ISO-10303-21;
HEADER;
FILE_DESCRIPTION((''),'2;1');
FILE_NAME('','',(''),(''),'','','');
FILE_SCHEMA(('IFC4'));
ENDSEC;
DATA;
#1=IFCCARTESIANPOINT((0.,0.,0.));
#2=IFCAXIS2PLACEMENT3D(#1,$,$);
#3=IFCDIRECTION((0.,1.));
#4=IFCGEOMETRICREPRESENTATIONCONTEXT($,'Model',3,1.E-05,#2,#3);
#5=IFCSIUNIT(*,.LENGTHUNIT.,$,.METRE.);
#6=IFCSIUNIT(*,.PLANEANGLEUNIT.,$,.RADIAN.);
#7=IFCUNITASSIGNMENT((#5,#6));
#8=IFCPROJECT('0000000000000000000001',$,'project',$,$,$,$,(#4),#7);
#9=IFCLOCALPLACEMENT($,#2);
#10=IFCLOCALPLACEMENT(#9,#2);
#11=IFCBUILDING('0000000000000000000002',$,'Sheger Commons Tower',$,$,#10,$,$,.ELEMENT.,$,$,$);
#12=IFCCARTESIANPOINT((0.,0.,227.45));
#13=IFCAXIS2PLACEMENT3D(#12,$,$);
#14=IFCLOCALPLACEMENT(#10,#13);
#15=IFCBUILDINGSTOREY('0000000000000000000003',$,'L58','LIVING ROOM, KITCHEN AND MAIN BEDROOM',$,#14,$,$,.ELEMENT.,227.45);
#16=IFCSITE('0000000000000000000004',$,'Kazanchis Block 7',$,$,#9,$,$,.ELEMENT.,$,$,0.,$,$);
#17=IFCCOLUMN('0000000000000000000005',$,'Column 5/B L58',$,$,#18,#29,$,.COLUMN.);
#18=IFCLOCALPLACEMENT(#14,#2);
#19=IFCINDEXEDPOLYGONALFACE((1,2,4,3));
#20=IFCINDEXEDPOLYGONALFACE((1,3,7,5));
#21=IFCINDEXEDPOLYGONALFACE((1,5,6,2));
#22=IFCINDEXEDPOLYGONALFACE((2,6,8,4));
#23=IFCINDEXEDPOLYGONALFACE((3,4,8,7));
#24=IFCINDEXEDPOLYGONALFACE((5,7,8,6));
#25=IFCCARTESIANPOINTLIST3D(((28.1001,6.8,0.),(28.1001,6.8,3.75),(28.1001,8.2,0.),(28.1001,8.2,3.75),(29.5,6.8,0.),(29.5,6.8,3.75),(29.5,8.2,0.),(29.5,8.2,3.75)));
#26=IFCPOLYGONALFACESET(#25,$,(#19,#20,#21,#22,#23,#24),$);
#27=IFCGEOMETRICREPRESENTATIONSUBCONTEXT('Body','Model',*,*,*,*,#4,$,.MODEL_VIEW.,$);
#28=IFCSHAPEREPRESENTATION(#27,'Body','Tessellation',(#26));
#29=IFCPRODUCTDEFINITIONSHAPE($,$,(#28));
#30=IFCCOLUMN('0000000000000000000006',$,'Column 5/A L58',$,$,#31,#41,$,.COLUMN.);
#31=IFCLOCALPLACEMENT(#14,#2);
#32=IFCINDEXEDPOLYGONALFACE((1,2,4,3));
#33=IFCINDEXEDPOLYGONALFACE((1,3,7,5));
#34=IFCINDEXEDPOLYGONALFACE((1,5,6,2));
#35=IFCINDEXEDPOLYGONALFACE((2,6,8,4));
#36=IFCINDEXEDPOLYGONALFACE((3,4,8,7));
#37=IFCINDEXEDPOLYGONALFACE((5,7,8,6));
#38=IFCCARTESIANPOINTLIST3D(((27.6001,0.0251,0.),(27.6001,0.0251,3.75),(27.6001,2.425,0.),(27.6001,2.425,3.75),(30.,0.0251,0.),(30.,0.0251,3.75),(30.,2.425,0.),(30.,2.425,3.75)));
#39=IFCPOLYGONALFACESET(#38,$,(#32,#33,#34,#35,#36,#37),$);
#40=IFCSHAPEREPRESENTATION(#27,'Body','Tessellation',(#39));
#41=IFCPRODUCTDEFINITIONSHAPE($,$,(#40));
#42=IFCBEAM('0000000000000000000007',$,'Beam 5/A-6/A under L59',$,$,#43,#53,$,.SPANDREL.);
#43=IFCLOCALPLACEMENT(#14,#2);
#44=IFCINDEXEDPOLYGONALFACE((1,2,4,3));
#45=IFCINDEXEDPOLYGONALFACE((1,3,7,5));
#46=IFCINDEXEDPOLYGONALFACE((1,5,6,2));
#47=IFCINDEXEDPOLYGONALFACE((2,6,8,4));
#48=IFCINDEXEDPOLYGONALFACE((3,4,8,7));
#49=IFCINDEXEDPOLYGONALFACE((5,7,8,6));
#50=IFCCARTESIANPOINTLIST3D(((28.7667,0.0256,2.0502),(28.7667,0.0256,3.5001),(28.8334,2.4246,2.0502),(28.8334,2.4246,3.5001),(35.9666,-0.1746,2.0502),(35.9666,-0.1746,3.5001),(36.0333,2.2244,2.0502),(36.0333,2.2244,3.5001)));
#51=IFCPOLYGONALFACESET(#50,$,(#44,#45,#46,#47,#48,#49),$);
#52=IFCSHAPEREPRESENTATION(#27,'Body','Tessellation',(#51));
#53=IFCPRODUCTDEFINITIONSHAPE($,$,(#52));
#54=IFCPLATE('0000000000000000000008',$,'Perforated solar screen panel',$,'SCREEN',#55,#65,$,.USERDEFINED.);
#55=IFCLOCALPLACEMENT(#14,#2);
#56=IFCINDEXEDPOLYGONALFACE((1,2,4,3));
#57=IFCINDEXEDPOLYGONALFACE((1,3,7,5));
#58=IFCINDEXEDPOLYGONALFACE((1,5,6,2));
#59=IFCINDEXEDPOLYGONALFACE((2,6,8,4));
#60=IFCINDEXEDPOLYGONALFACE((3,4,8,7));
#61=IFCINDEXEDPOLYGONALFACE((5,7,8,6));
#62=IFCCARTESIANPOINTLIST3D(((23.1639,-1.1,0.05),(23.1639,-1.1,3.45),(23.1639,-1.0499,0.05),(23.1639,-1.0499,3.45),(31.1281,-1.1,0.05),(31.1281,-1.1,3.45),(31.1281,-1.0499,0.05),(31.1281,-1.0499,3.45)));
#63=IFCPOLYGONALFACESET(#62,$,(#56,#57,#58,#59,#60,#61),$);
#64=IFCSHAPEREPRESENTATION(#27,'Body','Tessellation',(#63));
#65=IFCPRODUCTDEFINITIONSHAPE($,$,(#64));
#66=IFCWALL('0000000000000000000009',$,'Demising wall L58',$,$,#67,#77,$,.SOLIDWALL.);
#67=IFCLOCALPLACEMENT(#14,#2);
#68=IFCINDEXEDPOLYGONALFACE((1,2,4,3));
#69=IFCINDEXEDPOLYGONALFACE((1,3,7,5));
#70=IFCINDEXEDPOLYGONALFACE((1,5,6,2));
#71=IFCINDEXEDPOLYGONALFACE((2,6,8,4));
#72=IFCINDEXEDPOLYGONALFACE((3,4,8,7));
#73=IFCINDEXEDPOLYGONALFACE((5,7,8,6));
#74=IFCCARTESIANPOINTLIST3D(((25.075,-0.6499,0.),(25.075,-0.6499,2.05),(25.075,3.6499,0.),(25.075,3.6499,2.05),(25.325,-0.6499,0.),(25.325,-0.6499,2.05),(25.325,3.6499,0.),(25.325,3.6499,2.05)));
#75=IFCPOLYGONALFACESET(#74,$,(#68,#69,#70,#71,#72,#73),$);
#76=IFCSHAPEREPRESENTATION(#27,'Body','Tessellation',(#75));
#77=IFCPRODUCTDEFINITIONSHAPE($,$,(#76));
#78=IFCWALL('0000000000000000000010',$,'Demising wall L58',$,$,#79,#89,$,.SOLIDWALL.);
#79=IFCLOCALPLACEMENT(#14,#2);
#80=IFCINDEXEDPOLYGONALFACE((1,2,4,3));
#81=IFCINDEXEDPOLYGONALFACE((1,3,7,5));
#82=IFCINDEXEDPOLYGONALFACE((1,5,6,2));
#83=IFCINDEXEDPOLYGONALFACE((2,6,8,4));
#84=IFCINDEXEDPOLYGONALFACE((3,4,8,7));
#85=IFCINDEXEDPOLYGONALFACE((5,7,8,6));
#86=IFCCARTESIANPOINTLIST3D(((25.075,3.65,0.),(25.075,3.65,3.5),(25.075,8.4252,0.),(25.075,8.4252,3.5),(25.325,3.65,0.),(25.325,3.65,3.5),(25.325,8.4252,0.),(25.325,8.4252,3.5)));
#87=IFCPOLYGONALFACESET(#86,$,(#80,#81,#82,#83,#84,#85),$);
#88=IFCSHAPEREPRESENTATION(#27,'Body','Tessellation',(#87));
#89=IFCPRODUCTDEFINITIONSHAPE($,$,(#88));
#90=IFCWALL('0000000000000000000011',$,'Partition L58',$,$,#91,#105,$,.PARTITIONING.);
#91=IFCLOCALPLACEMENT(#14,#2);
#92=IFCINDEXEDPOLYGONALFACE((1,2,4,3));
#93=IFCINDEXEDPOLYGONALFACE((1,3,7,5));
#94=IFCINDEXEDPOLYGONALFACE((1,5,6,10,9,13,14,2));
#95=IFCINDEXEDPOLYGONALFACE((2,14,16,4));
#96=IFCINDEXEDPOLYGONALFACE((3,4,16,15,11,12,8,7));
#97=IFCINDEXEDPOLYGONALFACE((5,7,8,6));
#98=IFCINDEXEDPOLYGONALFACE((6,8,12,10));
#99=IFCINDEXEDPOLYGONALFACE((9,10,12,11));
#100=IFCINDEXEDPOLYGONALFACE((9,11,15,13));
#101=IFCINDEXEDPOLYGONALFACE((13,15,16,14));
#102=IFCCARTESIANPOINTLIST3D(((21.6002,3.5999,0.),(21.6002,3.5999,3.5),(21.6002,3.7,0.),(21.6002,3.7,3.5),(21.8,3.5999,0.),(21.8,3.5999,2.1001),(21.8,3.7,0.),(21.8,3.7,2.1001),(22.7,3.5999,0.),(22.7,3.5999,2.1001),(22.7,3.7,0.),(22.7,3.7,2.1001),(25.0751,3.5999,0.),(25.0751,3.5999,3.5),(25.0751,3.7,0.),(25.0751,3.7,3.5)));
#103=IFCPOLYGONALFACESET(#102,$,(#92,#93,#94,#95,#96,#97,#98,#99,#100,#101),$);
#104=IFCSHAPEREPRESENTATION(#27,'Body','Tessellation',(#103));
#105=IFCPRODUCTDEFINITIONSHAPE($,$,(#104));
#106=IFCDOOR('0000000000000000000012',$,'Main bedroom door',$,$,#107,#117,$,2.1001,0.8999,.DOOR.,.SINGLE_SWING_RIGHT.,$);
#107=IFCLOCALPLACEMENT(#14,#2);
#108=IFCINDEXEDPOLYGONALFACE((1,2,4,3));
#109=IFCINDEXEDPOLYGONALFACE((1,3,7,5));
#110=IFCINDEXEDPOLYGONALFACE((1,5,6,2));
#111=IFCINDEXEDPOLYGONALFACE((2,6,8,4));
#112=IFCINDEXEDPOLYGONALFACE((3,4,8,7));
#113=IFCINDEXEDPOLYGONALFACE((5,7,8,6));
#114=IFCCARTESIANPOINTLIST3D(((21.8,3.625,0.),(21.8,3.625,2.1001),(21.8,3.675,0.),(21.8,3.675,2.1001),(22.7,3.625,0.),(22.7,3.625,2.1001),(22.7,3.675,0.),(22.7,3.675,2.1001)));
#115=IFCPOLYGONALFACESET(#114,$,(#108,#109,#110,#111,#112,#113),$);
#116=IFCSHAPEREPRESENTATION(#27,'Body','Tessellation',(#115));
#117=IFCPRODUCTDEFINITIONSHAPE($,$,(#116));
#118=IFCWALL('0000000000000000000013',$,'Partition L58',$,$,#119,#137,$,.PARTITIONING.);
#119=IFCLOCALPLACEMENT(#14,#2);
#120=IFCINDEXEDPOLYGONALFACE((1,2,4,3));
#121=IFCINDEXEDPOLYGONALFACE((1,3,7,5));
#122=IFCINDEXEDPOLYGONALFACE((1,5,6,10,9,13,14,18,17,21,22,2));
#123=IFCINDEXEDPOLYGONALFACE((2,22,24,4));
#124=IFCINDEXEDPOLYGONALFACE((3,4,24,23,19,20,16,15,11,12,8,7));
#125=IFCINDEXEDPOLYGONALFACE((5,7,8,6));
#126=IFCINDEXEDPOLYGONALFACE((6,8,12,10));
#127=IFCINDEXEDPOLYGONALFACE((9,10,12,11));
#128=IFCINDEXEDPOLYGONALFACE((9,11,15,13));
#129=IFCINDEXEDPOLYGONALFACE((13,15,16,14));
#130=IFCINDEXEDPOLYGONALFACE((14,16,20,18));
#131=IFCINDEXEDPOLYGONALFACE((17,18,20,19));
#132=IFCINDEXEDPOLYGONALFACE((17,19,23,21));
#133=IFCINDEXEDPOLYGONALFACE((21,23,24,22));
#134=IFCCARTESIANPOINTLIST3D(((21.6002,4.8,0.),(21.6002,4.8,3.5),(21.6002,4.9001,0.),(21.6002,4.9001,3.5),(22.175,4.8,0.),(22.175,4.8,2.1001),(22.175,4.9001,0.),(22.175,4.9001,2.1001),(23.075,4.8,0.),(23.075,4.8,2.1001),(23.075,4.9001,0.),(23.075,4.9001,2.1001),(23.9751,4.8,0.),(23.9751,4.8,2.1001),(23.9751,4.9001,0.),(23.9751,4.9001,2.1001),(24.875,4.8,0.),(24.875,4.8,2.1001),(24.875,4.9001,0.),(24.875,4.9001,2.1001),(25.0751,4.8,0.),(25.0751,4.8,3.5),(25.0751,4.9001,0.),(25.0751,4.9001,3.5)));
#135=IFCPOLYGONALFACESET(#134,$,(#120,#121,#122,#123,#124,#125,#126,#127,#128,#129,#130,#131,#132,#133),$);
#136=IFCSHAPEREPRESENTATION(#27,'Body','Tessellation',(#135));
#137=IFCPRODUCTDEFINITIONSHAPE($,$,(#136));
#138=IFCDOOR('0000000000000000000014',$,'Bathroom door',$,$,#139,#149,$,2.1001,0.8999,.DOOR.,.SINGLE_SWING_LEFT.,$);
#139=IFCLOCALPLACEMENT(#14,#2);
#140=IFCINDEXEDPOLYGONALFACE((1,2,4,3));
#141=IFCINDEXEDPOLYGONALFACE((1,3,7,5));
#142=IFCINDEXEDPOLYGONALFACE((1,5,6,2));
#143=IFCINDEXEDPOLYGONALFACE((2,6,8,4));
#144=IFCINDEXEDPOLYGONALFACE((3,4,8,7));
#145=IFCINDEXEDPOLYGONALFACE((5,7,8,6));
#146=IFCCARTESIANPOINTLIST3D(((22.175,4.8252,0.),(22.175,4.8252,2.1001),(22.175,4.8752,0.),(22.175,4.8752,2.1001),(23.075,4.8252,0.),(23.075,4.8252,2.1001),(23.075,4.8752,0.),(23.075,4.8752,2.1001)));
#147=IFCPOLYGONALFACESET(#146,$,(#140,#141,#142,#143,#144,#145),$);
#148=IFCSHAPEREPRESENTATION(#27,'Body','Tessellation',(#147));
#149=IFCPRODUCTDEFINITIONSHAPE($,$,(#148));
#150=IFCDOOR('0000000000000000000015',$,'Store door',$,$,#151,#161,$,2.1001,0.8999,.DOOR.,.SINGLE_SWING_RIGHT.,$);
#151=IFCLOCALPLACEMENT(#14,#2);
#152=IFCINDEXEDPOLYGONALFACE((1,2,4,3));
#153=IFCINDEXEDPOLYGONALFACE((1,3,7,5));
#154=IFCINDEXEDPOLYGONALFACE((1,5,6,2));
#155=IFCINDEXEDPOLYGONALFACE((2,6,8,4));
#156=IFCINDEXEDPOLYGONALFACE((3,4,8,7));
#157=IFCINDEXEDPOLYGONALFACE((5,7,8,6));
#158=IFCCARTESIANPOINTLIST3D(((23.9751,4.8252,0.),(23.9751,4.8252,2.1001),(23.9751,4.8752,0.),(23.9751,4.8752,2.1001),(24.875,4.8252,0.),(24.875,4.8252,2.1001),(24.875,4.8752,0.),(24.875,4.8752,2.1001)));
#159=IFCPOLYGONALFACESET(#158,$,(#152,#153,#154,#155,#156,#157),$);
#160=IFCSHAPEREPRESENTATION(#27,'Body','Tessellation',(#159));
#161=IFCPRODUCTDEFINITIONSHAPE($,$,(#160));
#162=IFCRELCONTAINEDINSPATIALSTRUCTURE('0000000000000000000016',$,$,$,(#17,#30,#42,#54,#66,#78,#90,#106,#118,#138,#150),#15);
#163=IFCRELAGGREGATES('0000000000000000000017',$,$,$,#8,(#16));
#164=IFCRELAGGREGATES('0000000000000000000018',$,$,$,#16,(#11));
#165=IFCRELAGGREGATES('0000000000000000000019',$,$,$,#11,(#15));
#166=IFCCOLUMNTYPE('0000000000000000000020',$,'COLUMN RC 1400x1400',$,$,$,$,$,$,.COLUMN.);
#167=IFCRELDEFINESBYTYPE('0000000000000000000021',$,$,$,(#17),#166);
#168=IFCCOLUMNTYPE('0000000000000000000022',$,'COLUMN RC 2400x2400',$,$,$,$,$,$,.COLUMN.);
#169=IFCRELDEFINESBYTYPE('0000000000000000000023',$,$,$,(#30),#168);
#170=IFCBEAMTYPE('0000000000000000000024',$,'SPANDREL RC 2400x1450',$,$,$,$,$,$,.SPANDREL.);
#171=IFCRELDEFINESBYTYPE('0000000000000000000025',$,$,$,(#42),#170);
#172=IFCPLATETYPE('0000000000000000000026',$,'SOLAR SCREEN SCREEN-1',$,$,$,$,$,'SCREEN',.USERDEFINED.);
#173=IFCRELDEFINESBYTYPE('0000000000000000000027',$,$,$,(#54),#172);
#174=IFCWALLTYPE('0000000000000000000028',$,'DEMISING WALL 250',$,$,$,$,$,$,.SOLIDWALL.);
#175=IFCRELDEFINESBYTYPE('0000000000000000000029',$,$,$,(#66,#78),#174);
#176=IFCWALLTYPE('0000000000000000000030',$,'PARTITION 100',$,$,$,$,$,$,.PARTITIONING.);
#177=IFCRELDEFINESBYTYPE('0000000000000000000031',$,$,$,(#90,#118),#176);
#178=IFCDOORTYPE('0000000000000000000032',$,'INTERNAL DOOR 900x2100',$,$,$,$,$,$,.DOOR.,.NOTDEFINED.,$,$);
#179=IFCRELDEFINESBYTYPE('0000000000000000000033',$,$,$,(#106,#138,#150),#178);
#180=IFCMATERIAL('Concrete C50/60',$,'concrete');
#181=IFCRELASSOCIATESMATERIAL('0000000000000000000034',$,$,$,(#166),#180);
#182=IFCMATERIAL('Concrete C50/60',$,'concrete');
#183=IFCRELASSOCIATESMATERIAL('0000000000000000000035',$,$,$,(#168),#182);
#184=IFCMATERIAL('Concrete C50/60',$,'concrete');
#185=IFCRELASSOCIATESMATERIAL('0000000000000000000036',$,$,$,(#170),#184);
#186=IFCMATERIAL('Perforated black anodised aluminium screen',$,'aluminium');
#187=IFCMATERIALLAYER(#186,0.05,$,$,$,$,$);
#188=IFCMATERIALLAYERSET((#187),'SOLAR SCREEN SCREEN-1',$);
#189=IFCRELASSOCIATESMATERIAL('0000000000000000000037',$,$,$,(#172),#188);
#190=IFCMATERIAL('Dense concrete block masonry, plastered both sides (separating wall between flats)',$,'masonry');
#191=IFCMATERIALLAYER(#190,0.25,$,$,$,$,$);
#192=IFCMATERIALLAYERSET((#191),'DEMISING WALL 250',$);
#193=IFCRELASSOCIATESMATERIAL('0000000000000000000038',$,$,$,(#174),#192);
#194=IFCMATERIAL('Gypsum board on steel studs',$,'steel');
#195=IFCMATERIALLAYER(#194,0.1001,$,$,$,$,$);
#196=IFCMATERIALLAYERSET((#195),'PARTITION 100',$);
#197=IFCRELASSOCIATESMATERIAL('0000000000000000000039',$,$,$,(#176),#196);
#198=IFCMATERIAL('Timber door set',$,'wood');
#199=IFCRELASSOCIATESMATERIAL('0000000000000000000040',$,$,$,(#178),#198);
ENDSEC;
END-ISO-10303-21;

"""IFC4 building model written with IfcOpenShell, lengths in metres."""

from ifc_helpers import new_model, si_unit, direction, frame, frame_2d, origin, origin_2d, place, context, subcontext, project, spatial, rectangle, extrude, material, layer, layer_set, material_profile, profile_set, type_object, element, fill, save


model = new_model("IFC4")

# Units and contexts
model_context = context("Model", 3, precision=1e-05, world=origin(), true_north=direction((0.0, 1.0)))
body_context = subcontext(model_context, "Body", "Model", "MODEL_VIEW")
ifc_project = project(units=[si_unit("LENGTHUNIT", "METRE"), si_unit("PLANEANGLEUNIT", "RADIAN")], contexts=[model_context])

# Site, building, storey
site_placement = place(None, origin())
site = spatial("IfcSite", under=ifc_project, at=site_placement, Name="Kazanchis Block 7", CompositionType="ELEMENT", RefElevation=0.0)
building_placement = place(site_placement, origin())
building = spatial("IfcBuilding", under=site, at=building_placement, Name="Sheger Commons Tower", CompositionType="ELEMENT")
storey_placement = place(building_placement, frame((0.0, 0.0, 227.45)))
storey = spatial("IfcBuildingStorey", under=building, at=storey_placement, Name="L58", Description="LIVING ROOM, KITCHEN AND MAIN BEDROOM", CompositionType="ELEMENT", Elevation=227.45)

# Columns
ifc_material_1 = material(Name="Concrete C50/60", Category="concrete")
ifc_material_profile_1 = material_profile(ifc_material_1, rectangle(XDim=1.3999, YDim=1.3999, at=origin_2d()), Name="RC 1400x1400")
ifc_profile_set_1 = profile_set([ifc_material_profile_1], Name="Concrete C50/60")
column_type_1 = type_object("IfcColumnType", Name="COLUMN RC 1400x1400", PredefinedType="COLUMN", material=ifc_profile_set_1)
column_1_placement = place(storey_placement, frame((28.8, 7.5, 0.0), z_axis=(0.0, 0.0, 1.0), x_axis=(1.0, 0.0, 0.0)))
element("IfcColumn", 1, at=column_1_placement, inside=storey, type_object=column_type_1, Name="Column 5/B L58", PredefinedType="COLUMN", context=body_context, shape_type="SweptSolid", body=[
    extrude(rectangle(XDim=1.3999, YDim=1.3999, at=origin_2d()), origin(), (0.0, 0.0, 1.0), 3.75),
])
ifc_material_2 = material(Name="Concrete C50/60", Category="concrete")
ifc_material_profile_2 = material_profile(ifc_material_2, rectangle(XDim=2.3999, YDim=2.3999, at=origin_2d()), Name="RC 2400x2400")
ifc_profile_set_2 = profile_set([ifc_material_profile_2], Name="Concrete C50/60")
column_type_2 = type_object("IfcColumnType", Name="COLUMN RC 2400x2400", PredefinedType="COLUMN", material=ifc_profile_set_2)
column_2_placement = place(storey_placement, frame((28.8, 1.2251, 0.0), z_axis=(0.0, 0.0, 1.0), x_axis=(1.0, 0.0, 0.0)))
element("IfcColumn", 2, at=column_2_placement, inside=storey, type_object=column_type_2, Name="Column 5/A L58", PredefinedType="COLUMN", context=body_context, shape_type="SweptSolid", body=[
    extrude(rectangle(XDim=2.3999, YDim=2.3999, at=origin_2d()), origin(), (0.0, 0.0, 1.0), 3.75),
])

# Beam
ifc_material_3 = material(Name="Concrete C50/60", Category="concrete")
ifc_material_profile_3 = material_profile(ifc_material_3, rectangle(XDim=2.3999, YDim=1.45, at=origin_2d()), Name="RC 2400x1450")
ifc_profile_set_3 = profile_set([ifc_material_profile_3], Name="Concrete C50/60")
beam_type = type_object("IfcBeamType", Name="SPANDREL RC 2400x1450", PredefinedType="SPANDREL", material=ifc_profile_set_3)
beam_placement = place(storey_placement, frame((28.8, 1.2251, 2.7751), z_axis=(0.999614, -0.027794, 0.0), x_axis=(0.027794, 0.999614, 0.0)))
element("IfcBeam", 3, at=beam_placement, inside=storey, type_object=beam_type, Name="Beam 5/A-6/A under L59", PredefinedType="SPANDREL", context=body_context, shape_type="SweptSolid", body=[
    extrude(rectangle(XDim=2.3999, YDim=1.45, at=origin_2d()), origin(), (0.0, 0.0, 1.0), 7.2026),
])

# Plate
ifc_material_4 = material(Name="Perforated black anodised aluminium screen", Category="aluminium")
ifc_layer_1 = layer(ifc_material_4, 0.05)
ifc_layer_set_1 = layer_set([ifc_layer_1], Name="SOLAR SCREEN SCREEN-1")
plate_type = type_object("IfcPlateType", Name="SOLAR SCREEN SCREEN-1", ElementType="SCREEN", PredefinedType="USERDEFINED", material=ifc_layer_set_1)
plate_placement = place(storey_placement, frame((27.146, -1.075, 0.05), z_axis=(0.0, 0.0, 1.0), x_axis=(1.0, 0.0, 0.0)))
element("IfcPlate", 4, at=plate_placement, inside=storey, type_object=plate_type, Name="Perforated solar screen panel", ObjectType="SCREEN", PredefinedType="USERDEFINED", context=body_context, shape_type="SweptSolid", body=[
    extrude(rectangle(XDim=7.9641, YDim=0.05, at=origin_2d()), origin(), (0.0, 0.0, 1.0), 3.3999),
])

# Walls
ifc_material_5 = material(Name="Dense concrete block masonry, plastered both sides (separating wall between flats)", Category="masonry")
ifc_layer_2 = layer(ifc_material_5, 0.25)
ifc_layer_set_2 = layer_set([ifc_layer_2], Name="DEMISING WALL 250")
wall_type_1 = type_object("IfcWallType", Name="DEMISING WALL 250", PredefinedType="SOLIDWALL", material=ifc_layer_set_2)
wall_1_placement = place(storey_placement, frame((25.2, -0.6499, 0.0), z_axis=(0.0, 0.0, 1.0), x_axis=(0.0, 1.0, 0.0)))
element("IfcWall", 5, at=wall_1_placement, inside=storey, type_object=wall_type_1, Name="Demising wall L58", PredefinedType="SOLIDWALL", context=body_context, shape_type="SweptSolid", body=[
    extrude(rectangle(XDim=4.2998, YDim=0.25, at=frame_2d((2.1499, 0.0))), origin(), (0.0, 0.0, 1.0), 2.05),
])
wall_2_placement = place(storey_placement, frame((25.2, 3.6499, 0.0), z_axis=(0.0, 0.0, 1.0), x_axis=(0.0, 1.0, 0.0)))
element("IfcWall", 6, at=wall_2_placement, inside=storey, type_object=wall_type_1, Name="Demising wall L58", PredefinedType="SOLIDWALL", context=body_context, shape_type="SweptSolid", body=[
    extrude(rectangle(XDim=4.7751, YDim=0.25, at=frame_2d((2.3877, 0.0))), origin(), (0.0, 0.0, 1.0), 3.5),
])

# Wall, opening, door
ifc_material_6 = material(Name="Gypsum board on steel studs", Category="steel")
ifc_layer_3 = layer(ifc_material_6, 0.1001)
ifc_layer_set_3 = layer_set([ifc_layer_3], Name="PARTITION 100")
wall_type_2 = type_object("IfcWallType", Name="PARTITION 100", PredefinedType="PARTITIONING", material=ifc_layer_set_3)
wall_3_placement = place(storey_placement, frame((25.075, 3.6499, 0.0), z_axis=(0.0, 0.0, 1.0), x_axis=(-1.0, 0.0, 0.0)))
wall_3 = element("IfcWall", 7, at=wall_3_placement, inside=storey, type_object=wall_type_2, Name="Partition L58", PredefinedType="PARTITIONING", context=body_context, shape_type="SweptSolid", body=[
    extrude(rectangle(XDim=3.4749, YDim=0.1001, at=frame_2d((1.7373, 0.0))), origin(), (0.0, 0.0, 1.0), 3.5),
])
opening_1_placement = place(wall_3_placement, frame((2.375, 0.0, 0.0)))
opening_1 = element("IfcOpeningElement", 8, at=opening_1_placement, cuts=wall_3, PredefinedType="OPENING", context=body_context, shape_type="SweptSolid", body=[
    extrude(rectangle(XDim=0.8999, YDim=2.1001, at=frame_2d((0.45, 1.05))), frame((0.0, 0.0601, 0.0), z_axis=(0.0, -1.0, 0.0), x_axis=(1.0, 0.0, 0.0)), (0.0, 0.0, 1.0), 0.1201),
])
ifc_material_7 = material(Name="Timber door set", Category="wood")
door_type = type_object("IfcDoorType", Name="INTERNAL DOOR 900x2100", OperationType="NOTDEFINED", PredefinedType="DOOR", material=ifc_material_7)
door_1_placement = place(opening_1_placement, origin())
door_1 = element("IfcDoor", 9, at=door_1_placement, inside=storey, type_object=door_type, Name="Main bedroom door", OperationType="SINGLE_SWING_RIGHT", OverallHeight=2.1001, OverallWidth=0.8999, PredefinedType="DOOR", context=body_context, shape_type="SweptSolid", body=[
    extrude(rectangle(XDim=0.8999, YDim=2.1001, at=frame_2d((0.45, 1.05))), frame((0.0, 0.0249, 0.0), z_axis=(0.0, -1.0, 0.0), x_axis=(1.0, 0.0, 0.0)), (0.0, 0.0, 1.0), 0.05),
])
fill(opening_1, door_1)

# Wall, openings, doors
wall_4_placement = place(storey_placement, frame((25.075, 4.8501, 0.0), z_axis=(0.0, 0.0, 1.0), x_axis=(-1.0, 0.0, 0.0)))
wall_4 = element("IfcWall", 10, at=wall_4_placement, inside=storey, type_object=wall_type_2, Name="Partition L58", PredefinedType="PARTITIONING", context=body_context, shape_type="SweptSolid", body=[
    extrude(rectangle(XDim=3.4749, YDim=0.1001, at=frame_2d((1.7373, 0.0))), origin(), (0.0, 0.0, 1.0), 3.5),
])
opening_2_placement = place(wall_4_placement, frame((2.0, 0.0, 0.0)))
opening_2 = element("IfcOpeningElement", 11, at=opening_2_placement, cuts=wall_4, PredefinedType="OPENING", context=body_context, shape_type="SweptSolid", body=[
    extrude(rectangle(XDim=0.8999, YDim=2.1001, at=frame_2d((0.45, 1.05))), frame((0.0, 0.0601, 0.0), z_axis=(0.0, -1.0, 0.0), x_axis=(1.0, 0.0, 0.0)), (0.0, 0.0, 1.0), 0.1201),
])
opening_3_placement = place(wall_4_placement, frame((0.2, 0.0, 0.0)))
opening_3 = element("IfcOpeningElement", 12, at=opening_3_placement, cuts=wall_4, PredefinedType="OPENING", context=body_context, shape_type="SweptSolid", body=[
    extrude(rectangle(XDim=0.8999, YDim=2.1001, at=frame_2d((0.45, 1.05))), frame((0.0, 0.0601, 0.0), z_axis=(0.0, -1.0, 0.0), x_axis=(1.0, 0.0, 0.0)), (0.0, 0.0, 1.0), 0.1201),
])
door_2_placement = place(opening_2_placement, origin())
door_2 = element("IfcDoor", 13, at=door_2_placement, inside=storey, type_object=door_type, Name="Bathroom door", OperationType="SINGLE_SWING_LEFT", OverallHeight=2.1001, OverallWidth=0.8999, PredefinedType="DOOR", context=body_context, shape_type="SweptSolid", body=[
    extrude(rectangle(XDim=0.8999, YDim=2.1001, at=frame_2d((0.45, 1.05))), frame((0.0, 0.0249, 0.0), z_axis=(0.0, -1.0, 0.0), x_axis=(1.0, 0.0, 0.0)), (0.0, 0.0, 1.0), 0.05),
])
fill(opening_2, door_2)
door_3_placement = place(opening_3_placement, origin())
door_3 = element("IfcDoor", 14, at=door_3_placement, inside=storey, type_object=door_type, Name="Store door", OperationType="SINGLE_SWING_RIGHT", OverallHeight=2.1001, OverallWidth=0.8999, PredefinedType="DOOR", context=body_context, shape_type="SweptSolid", body=[
    extrude(rectangle(XDim=0.8999, YDim=2.1001, at=frame_2d((0.45, 1.05))), frame((0.0, 0.0249, 0.0), z_axis=(0.0, -1.0, 0.0), x_axis=(1.0, 0.0, 0.0)), (0.0, 0.0, 1.0), 0.05),
])
fill(opening_3, door_3)

save(model, "model.ifc")
